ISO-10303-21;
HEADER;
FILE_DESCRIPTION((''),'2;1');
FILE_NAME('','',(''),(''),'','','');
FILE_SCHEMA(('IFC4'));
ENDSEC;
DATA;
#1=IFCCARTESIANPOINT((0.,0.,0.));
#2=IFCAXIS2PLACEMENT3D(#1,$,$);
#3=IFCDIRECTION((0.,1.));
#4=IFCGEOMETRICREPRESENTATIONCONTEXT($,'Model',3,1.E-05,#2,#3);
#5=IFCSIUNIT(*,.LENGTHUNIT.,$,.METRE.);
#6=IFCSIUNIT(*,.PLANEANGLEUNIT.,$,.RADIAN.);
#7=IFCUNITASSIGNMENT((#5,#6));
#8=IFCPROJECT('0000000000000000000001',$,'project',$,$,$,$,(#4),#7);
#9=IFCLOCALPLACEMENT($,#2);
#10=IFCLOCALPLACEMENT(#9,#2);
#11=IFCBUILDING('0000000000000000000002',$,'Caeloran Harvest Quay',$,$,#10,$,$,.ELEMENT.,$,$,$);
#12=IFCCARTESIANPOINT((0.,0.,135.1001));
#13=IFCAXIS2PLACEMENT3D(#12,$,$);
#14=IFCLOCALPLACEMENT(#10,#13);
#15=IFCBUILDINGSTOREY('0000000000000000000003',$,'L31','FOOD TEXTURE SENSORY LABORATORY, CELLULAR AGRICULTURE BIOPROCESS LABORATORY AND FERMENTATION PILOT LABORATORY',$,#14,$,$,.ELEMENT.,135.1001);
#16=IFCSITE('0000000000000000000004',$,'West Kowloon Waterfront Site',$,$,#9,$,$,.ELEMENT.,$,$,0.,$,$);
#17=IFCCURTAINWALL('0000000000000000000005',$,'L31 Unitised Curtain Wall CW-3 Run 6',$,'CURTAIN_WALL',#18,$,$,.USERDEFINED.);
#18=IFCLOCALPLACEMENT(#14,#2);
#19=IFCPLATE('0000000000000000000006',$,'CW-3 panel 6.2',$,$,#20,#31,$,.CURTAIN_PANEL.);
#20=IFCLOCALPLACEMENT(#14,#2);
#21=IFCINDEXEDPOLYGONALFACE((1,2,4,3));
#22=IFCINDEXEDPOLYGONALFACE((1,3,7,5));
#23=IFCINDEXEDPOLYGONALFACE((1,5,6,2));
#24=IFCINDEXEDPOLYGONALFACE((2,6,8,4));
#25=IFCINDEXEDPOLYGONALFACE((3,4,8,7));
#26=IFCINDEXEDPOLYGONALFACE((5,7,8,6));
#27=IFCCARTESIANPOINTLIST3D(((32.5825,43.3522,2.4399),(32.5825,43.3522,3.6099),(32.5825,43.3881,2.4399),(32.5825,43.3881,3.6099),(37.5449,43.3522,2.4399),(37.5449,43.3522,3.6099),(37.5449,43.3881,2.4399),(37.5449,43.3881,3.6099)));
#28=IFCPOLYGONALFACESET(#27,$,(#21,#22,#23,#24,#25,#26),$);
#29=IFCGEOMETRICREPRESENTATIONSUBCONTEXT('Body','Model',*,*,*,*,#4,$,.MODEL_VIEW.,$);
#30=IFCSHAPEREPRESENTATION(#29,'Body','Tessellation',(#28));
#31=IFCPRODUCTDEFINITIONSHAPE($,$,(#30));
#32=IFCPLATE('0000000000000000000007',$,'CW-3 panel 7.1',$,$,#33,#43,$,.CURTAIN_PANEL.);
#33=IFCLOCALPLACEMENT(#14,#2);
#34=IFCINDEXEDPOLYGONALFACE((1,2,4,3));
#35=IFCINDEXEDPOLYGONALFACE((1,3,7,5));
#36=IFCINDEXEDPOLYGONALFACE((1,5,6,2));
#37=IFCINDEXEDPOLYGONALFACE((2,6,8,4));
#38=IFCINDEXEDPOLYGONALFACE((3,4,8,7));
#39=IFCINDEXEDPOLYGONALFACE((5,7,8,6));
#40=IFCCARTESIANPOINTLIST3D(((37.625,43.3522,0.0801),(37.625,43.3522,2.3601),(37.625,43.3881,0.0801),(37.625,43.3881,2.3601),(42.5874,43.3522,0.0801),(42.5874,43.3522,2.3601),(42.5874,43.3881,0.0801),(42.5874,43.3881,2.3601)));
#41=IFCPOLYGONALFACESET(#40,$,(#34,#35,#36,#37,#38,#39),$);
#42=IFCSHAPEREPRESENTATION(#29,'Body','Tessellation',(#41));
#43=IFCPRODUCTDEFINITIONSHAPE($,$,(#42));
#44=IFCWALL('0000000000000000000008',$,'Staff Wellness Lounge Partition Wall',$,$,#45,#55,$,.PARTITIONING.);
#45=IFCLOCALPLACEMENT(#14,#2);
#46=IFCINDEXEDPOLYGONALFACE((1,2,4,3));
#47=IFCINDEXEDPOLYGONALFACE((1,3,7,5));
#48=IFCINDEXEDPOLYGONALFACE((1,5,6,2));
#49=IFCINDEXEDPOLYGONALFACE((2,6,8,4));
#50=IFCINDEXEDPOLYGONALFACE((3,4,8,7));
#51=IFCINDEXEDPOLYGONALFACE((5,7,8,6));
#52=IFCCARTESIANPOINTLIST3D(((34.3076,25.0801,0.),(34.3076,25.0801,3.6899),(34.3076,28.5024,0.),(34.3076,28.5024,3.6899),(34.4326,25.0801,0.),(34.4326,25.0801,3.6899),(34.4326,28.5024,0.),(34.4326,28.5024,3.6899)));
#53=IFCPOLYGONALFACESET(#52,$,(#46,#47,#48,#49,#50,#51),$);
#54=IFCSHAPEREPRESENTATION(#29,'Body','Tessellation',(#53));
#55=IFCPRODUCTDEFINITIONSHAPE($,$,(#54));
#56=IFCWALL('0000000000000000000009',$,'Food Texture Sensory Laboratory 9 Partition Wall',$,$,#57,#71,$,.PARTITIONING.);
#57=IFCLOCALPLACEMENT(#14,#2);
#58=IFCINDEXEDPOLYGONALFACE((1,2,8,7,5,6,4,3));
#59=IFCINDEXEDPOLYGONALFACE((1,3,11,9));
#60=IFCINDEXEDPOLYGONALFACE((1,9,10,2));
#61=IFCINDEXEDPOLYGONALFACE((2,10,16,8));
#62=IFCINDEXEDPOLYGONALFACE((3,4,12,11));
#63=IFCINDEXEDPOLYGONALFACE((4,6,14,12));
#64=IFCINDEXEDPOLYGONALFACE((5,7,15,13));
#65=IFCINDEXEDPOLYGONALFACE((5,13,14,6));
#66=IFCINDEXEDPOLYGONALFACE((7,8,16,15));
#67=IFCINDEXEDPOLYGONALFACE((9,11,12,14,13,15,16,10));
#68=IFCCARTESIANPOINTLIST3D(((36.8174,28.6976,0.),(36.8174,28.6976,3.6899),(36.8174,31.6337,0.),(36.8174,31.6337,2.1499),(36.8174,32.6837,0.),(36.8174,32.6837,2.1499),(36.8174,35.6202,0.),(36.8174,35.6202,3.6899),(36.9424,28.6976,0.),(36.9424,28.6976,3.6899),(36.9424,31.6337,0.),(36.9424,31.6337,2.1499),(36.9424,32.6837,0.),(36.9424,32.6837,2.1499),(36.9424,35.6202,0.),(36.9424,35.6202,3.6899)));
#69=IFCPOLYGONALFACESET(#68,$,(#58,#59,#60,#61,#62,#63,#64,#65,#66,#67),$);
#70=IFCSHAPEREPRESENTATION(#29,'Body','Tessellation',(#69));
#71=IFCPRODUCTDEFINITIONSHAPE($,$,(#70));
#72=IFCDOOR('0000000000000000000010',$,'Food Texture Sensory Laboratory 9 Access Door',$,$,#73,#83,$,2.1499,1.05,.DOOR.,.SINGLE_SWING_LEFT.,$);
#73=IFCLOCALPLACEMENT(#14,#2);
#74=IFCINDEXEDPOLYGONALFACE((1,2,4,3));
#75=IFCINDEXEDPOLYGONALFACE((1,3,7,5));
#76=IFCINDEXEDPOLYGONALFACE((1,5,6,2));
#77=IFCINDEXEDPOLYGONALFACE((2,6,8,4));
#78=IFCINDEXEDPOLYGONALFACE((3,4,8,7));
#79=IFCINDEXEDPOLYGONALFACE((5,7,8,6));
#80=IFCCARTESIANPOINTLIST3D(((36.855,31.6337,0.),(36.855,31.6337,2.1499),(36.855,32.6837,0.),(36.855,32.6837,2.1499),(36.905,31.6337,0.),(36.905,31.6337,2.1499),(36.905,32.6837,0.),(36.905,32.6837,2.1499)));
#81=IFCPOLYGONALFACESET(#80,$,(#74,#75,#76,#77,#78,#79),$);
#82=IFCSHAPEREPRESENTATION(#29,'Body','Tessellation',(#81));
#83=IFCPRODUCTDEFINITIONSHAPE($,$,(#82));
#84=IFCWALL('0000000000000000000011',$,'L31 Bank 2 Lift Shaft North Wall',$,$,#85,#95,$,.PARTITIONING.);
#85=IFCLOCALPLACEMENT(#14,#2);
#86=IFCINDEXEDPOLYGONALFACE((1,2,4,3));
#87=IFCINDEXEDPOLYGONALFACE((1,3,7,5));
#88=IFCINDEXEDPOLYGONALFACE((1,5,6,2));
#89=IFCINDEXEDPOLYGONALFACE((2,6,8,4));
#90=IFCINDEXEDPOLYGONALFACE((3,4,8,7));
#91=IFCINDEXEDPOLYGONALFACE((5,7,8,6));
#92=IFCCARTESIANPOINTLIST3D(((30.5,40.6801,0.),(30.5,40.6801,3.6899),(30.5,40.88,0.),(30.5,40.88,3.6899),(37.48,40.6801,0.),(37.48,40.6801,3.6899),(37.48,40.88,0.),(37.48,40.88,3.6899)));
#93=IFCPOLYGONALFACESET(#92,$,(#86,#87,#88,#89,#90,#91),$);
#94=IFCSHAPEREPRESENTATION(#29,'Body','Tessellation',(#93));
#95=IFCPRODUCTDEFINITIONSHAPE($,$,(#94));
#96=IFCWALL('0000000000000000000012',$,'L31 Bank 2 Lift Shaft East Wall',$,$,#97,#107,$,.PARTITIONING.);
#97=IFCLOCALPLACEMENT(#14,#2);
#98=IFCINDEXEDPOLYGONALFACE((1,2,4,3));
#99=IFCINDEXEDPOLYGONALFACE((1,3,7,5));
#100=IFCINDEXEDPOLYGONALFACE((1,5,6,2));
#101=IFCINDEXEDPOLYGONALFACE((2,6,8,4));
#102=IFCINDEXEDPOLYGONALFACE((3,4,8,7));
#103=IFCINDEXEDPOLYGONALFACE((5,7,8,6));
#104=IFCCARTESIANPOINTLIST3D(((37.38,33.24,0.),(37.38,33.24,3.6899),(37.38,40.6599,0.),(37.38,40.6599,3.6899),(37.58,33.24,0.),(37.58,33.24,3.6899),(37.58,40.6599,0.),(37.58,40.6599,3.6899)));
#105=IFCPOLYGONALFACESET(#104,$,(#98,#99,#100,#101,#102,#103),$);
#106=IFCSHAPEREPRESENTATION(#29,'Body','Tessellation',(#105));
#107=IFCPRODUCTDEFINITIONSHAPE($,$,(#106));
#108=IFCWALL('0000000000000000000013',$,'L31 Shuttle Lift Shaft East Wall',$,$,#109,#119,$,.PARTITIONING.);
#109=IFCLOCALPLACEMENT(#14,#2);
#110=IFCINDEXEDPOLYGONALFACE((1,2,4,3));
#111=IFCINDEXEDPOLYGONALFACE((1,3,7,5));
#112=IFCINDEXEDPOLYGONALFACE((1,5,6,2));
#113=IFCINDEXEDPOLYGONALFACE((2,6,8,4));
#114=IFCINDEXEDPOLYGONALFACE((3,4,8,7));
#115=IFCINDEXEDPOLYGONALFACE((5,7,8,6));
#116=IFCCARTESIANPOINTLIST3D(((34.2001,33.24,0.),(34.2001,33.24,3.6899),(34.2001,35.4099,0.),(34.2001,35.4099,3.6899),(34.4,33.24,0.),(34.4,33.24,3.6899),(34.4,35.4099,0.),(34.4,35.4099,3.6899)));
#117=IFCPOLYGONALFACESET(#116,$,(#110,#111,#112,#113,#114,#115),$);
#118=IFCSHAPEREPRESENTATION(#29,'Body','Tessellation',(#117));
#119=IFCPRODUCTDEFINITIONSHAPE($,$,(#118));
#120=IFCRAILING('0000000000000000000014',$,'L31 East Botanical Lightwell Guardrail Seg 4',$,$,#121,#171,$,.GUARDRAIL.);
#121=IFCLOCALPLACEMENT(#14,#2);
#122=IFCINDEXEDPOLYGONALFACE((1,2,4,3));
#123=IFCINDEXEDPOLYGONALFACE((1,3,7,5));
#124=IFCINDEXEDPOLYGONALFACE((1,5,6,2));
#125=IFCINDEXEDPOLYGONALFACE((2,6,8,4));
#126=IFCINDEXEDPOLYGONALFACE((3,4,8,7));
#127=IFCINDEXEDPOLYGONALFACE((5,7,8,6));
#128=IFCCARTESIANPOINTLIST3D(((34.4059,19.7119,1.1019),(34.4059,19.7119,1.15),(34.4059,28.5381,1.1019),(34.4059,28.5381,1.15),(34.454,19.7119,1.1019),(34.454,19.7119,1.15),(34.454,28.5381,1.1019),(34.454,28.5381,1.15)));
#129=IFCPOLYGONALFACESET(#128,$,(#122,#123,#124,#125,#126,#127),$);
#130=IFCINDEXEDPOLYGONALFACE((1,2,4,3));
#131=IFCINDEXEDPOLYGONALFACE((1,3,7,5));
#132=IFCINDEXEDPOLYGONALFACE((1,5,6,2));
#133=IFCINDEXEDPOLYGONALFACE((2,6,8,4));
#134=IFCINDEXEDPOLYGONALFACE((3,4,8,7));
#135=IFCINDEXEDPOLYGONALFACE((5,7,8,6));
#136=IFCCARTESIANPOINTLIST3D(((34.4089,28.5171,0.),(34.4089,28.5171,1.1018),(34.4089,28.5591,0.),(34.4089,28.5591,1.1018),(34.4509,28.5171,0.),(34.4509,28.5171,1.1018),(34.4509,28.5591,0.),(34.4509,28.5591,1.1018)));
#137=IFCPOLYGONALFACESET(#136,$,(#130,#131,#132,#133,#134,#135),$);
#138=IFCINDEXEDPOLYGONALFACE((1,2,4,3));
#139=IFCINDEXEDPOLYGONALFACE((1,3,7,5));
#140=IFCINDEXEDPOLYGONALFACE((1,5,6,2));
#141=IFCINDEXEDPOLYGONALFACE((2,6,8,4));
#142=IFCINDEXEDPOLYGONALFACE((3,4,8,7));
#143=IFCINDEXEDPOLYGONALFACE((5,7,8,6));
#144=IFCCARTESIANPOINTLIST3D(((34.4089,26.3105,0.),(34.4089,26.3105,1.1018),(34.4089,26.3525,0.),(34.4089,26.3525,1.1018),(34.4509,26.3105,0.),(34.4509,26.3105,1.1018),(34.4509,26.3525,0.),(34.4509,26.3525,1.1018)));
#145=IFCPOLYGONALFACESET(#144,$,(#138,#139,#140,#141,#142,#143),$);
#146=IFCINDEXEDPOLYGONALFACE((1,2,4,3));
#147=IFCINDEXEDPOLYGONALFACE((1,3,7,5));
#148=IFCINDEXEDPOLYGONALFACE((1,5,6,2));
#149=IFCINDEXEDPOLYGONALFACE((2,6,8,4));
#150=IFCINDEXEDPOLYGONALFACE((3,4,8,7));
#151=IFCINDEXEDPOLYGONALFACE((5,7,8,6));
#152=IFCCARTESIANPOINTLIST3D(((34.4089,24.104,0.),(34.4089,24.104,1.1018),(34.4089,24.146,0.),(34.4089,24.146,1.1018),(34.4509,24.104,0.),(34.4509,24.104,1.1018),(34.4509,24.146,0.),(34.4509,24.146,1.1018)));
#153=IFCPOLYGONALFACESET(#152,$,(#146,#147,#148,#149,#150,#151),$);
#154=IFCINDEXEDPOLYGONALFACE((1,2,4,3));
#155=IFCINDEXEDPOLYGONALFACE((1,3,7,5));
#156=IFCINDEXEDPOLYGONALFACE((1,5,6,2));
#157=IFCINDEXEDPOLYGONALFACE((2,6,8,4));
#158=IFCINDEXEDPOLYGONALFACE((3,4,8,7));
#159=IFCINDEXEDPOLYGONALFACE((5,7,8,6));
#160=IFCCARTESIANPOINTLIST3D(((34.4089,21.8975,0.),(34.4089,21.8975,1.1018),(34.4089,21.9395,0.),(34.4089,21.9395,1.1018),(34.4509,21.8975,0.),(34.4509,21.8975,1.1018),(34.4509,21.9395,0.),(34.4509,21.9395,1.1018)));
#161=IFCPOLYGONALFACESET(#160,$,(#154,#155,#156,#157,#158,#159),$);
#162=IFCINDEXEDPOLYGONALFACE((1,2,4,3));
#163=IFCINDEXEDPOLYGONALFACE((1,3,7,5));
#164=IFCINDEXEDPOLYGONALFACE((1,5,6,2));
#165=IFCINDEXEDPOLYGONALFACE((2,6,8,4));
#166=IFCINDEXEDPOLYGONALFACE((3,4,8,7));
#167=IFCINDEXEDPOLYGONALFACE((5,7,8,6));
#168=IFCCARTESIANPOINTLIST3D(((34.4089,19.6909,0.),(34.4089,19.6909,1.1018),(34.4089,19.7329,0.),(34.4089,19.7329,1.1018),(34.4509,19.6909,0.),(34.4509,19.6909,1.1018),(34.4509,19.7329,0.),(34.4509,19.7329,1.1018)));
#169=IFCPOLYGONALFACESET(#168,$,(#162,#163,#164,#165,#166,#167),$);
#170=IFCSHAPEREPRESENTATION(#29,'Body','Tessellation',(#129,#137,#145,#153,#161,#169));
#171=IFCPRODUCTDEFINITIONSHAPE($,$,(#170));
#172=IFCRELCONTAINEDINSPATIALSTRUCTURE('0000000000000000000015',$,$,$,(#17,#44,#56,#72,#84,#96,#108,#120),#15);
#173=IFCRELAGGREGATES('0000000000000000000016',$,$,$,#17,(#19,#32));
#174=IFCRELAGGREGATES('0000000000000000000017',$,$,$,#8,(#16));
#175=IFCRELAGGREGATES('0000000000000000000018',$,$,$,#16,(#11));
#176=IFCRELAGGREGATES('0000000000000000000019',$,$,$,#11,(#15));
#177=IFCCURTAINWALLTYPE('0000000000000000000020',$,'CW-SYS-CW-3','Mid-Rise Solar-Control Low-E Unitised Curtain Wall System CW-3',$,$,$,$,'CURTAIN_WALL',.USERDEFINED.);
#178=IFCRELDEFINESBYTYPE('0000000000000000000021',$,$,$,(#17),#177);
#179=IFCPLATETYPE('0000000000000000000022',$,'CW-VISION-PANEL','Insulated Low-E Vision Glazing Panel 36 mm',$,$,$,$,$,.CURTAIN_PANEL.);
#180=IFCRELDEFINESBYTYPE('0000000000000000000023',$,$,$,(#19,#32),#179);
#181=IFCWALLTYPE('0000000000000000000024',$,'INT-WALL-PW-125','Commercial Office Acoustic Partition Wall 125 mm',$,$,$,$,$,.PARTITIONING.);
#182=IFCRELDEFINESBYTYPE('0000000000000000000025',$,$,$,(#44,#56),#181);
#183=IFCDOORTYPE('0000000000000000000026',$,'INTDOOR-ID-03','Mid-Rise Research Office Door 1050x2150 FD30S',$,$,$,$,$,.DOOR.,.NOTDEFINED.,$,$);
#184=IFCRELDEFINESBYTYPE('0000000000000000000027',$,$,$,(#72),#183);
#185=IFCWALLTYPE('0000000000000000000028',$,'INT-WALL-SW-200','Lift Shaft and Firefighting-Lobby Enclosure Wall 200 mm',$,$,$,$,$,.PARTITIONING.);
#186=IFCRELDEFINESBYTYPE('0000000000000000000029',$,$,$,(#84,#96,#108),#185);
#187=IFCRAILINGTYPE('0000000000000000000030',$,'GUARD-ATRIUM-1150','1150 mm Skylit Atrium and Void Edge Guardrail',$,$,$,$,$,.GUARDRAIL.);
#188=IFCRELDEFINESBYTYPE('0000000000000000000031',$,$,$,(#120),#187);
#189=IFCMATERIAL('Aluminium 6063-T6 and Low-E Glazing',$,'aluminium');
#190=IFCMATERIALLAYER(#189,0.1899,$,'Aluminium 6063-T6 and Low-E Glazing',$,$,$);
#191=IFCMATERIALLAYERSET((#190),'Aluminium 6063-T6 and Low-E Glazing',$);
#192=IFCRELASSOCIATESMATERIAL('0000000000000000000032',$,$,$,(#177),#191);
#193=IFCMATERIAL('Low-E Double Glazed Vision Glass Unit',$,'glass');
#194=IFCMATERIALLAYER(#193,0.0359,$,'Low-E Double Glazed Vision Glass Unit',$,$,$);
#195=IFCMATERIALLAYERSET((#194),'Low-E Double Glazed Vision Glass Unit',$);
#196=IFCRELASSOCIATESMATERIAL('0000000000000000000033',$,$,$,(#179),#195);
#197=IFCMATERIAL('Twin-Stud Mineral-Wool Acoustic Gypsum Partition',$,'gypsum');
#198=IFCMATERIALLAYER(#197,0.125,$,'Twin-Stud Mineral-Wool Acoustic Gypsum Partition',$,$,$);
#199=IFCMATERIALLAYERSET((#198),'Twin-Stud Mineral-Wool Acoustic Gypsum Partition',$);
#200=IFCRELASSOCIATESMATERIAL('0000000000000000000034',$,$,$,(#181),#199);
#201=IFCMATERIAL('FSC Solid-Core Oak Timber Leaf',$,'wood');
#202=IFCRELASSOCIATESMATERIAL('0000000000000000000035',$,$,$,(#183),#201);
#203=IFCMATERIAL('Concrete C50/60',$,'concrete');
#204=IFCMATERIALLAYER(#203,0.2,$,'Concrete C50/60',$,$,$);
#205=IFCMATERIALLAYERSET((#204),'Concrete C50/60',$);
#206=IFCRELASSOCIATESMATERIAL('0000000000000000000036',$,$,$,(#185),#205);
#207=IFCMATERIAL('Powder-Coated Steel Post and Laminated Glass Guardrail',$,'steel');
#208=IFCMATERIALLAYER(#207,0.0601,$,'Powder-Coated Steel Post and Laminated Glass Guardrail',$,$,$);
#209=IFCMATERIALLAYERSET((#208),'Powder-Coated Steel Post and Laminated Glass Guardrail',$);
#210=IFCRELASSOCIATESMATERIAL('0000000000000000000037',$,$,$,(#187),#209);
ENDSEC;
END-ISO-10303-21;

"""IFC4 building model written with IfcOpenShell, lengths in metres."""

from ifc_helpers import new_model, si_unit, direction, frame, frame_2d, origin, origin_2d, place, context, subcontext, project, spatial, rectangle, extrude, material, layer, layer_set, type_object, element, fill, aggregate, save


model = new_model("IFC4")

# Units and contexts
model_context = context("Model", 3, precision=1e-05, world=origin(), true_north=direction((0.0, 1.0)))
body_context = subcontext(model_context, "Body", "Model", "MODEL_VIEW")
ifc_project = project(units=[si_unit("LENGTHUNIT", "METRE"), si_unit("PLANEANGLEUNIT", "RADIAN")], contexts=[model_context])

# Site, building, storey
site_placement = place(None, origin())
site = spatial("IfcSite", under=ifc_project, at=site_placement, Name="West Kowloon Waterfront Site", CompositionType="ELEMENT", RefElevation=0.0)
building_placement = place(site_placement, origin())
building = spatial("IfcBuilding", under=site, at=building_placement, Name="Caeloran Harvest Quay", CompositionType="ELEMENT")
storey_placement = place(building_placement, frame((0.0, 0.0, 135.1001)))
storey = spatial("IfcBuildingStorey", under=building, at=storey_placement, Name="L31", Description="FOOD TEXTURE SENSORY LABORATORY, CELLULAR AGRICULTURE BIOPROCESS LABORATORY AND FERMENTATION PILOT LABORATORY", CompositionType="ELEMENT", Elevation=135.1001)

# Curtain wall, plates
ifc_material_1 = material(Name="Aluminium 6063-T6 and Low-E Glazing", Category="aluminium")
ifc_layer_1 = layer(ifc_material_1, 0.1899, Name="Aluminium 6063-T6 and Low-E Glazing")
ifc_layer_set_1 = layer_set([ifc_layer_1], Name="Aluminium 6063-T6 and Low-E Glazing")
curtain_wall_type = type_object("IfcCurtainWallType", Name="CW-SYS-CW-3", Description="Mid-Rise Solar-Control Low-E Unitised Curtain Wall System CW-3", ElementType="CURTAIN_WALL", PredefinedType="USERDEFINED", material=ifc_layer_set_1)
curtain_wall_placement = place(storey_placement, origin())
curtain_wall = element("IfcCurtainWall", 1, at=curtain_wall_placement, inside=storey, type_object=curtain_wall_type, Name="L31 Unitised Curtain Wall CW-3 Run 6", ObjectType="CURTAIN_WALL", PredefinedType="USERDEFINED")
ifc_material_2 = material(Name="Low-E Double Glazed Vision Glass Unit", Category="glass")
ifc_layer_2 = layer(ifc_material_2, 0.0359, Name="Low-E Double Glazed Vision Glass Unit")
ifc_layer_set_2 = layer_set([ifc_layer_2], Name="Low-E Double Glazed Vision Glass Unit")
plate_type = type_object("IfcPlateType", Name="CW-VISION-PANEL", Description="Insulated Low-E Vision Glazing Panel 36 mm", PredefinedType="CURTAIN_PANEL", material=ifc_layer_set_2)
plate_1_placement = place(storey_placement, frame((35.0637, 43.3701, 2.4399), z_axis=(0.0, 0.0, 1.0), x_axis=(1.0, 0.0, 0.0)))
plate_1 = element("IfcPlate", 2, at=plate_1_placement, type_object=plate_type, Name="CW-3 panel 6.2", PredefinedType="CURTAIN_PANEL", context=body_context, shape_type="SweptSolid", body=[
    extrude(rectangle(XDim=4.9624, YDim=0.0359, at=origin_2d()), origin(), (0.0, 0.0, 1.0), 1.1699),
])
plate_2_placement = place(storey_placement, frame((40.1062, 43.3701, 0.0801), z_axis=(0.0, 0.0, 1.0), x_axis=(1.0, 0.0, 0.0)))
plate_2 = element("IfcPlate", 3, at=plate_2_placement, type_object=plate_type, Name="CW-3 panel 7.1", PredefinedType="CURTAIN_PANEL", context=body_context, shape_type="SweptSolid", body=[
    extrude(rectangle(XDim=4.9624, YDim=0.0359, at=origin_2d()), origin(), (0.0, 0.0, 1.0), 2.28),
])
aggregate(curtain_wall, [plate_1, plate_2])

# Wall
ifc_material_3 = material(Name="Twin-Stud Mineral-Wool Acoustic Gypsum Partition", Category="gypsum")
ifc_layer_3 = layer(ifc_material_3, 0.125, Name="Twin-Stud Mineral-Wool Acoustic Gypsum Partition")
ifc_layer_set_3 = layer_set([ifc_layer_3], Name="Twin-Stud Mineral-Wool Acoustic Gypsum Partition")
wall_type_1 = type_object("IfcWallType", Name="INT-WALL-PW-125", Description="Commercial Office Acoustic Partition Wall 125 mm", PredefinedType="PARTITIONING", material=ifc_layer_set_3)
wall_1_placement = place(storey_placement, frame((34.3701, 28.5024, 0.0), z_axis=(0.0, 0.0, 1.0), x_axis=(0.0, -1.0, 0.0)))
element("IfcWall", 4, at=wall_1_placement, inside=storey, type_object=wall_type_1, Name="Staff Wellness Lounge Partition Wall", PredefinedType="PARTITIONING", context=body_context, shape_type="SweptSolid", body=[
    extrude(rectangle(XDim=3.4224, YDim=0.125, at=frame_2d((1.7112, 0.0))), origin(), (0.0, 0.0, 1.0), 3.6899),
])

# Wall, opening, door
wall_2_placement = place(storey_placement, frame((36.8799, 28.6975, 0.0), z_axis=(0.0, 0.0, 1.0), x_axis=(0.0, 1.0, 0.0)))
wall_2 = element("IfcWall", 5, at=wall_2_placement, inside=storey, type_object=wall_type_1, Name="Food Texture Sensory Laboratory 9 Partition Wall", PredefinedType="PARTITIONING", context=body_context, shape_type="SweptSolid", body=[
    extrude(rectangle(XDim=6.9226, YDim=0.125, at=frame_2d((3.4614, 0.0))), origin(), (0.0, 0.0, 1.0), 3.6899),
])
opening_placement = place(wall_2_placement, frame((2.9363, 0.0, 0.0)))
opening = element("IfcOpeningElement", 6, at=opening_placement, cuts=wall_2, PredefinedType="OPENING", context=body_context, shape_type="SweptSolid", body=[
    extrude(rectangle(XDim=1.05, YDim=2.1499, at=frame_2d((0.5249, 1.075))), frame((0.0, 0.0725, 0.0), z_axis=(0.0, -1.0, 0.0), x_axis=(1.0, 0.0, 0.0)), (0.0, 0.0, 1.0), 0.145),
])
ifc_material_4 = material(Name="FSC Solid-Core Oak Timber Leaf", Category="wood")
door_type = type_object("IfcDoorType", Name="INTDOOR-ID-03", Description="Mid-Rise Research Office Door 1050x2150 FD30S", OperationType="NOTDEFINED", PredefinedType="DOOR", material=ifc_material_4)
door_placement = place(opening_placement, origin())
door = element("IfcDoor", 7, at=door_placement, inside=storey, type_object=door_type, Name="Food Texture Sensory Laboratory 9 Access Door", OperationType="SINGLE_SWING_LEFT", OverallHeight=2.1499, OverallWidth=1.05, PredefinedType="DOOR", context=body_context, shape_type="SweptSolid", body=[
    extrude(rectangle(XDim=1.05, YDim=2.1499, at=frame_2d((0.5249, 1.075))), frame((0.0, 0.0249, 0.0), z_axis=(0.0, -1.0, 0.0), x_axis=(1.0, 0.0, 0.0)), (0.0, 0.0, 1.0), 0.05),
])
fill(opening, door)

# Walls
ifc_material_5 = material(Name="Concrete C50/60", Category="concrete")
ifc_layer_4 = layer(ifc_material_5, 0.2, Name="Concrete C50/60")
ifc_layer_set_4 = layer_set([ifc_layer_4], Name="Concrete C50/60")
wall_type_2 = type_object("IfcWallType", Name="INT-WALL-SW-200", Description="Lift Shaft and Firefighting-Lobby Enclosure Wall 200 mm", PredefinedType="PARTITIONING", material=ifc_layer_set_4)
wall_3_placement = place(storey_placement, frame((30.5, 40.78, 0.0), z_axis=(0.0, 0.0, 1.0), x_axis=(1.0, 0.0, 0.0)))
element("IfcWall", 8, at=wall_3_placement, inside=storey, type_object=wall_type_2, Name="L31 Bank 2 Lift Shaft North Wall", PredefinedType="PARTITIONING", context=body_context, shape_type="SweptSolid", body=[
    extrude(rectangle(XDim=6.98, YDim=0.2, at=frame_2d((3.49, 0.0))), origin(), (0.0, 0.0, 1.0), 3.6899),
])
wall_4_placement = place(storey_placement, frame((37.48, 33.24, 0.0), z_axis=(0.0, 0.0, 1.0), x_axis=(0.0, 1.0, 0.0)))
element("IfcWall", 9, at=wall_4_placement, inside=storey, type_object=wall_type_2, Name="L31 Bank 2 Lift Shaft East Wall", PredefinedType="PARTITIONING", context=body_context, shape_type="SweptSolid", body=[
    extrude(rectangle(XDim=7.4199, YDim=0.2, at=frame_2d((3.71, 0.0))), origin(), (0.0, 0.0, 1.0), 3.6899),
])
wall_5_placement = place(storey_placement, frame((34.3, 33.24, 0.0), z_axis=(0.0, 0.0, 1.0), x_axis=(0.0, 1.0, 0.0)))
element("IfcWall", 10, at=wall_5_placement, inside=storey, type_object=wall_type_2, Name="L31 Shuttle Lift Shaft East Wall", PredefinedType="PARTITIONING", context=body_context, shape_type="SweptSolid", body=[
    extrude(rectangle(XDim=2.1699, YDim=0.2, at=frame_2d((1.085, 0.0))), origin(), (0.0, 0.0, 1.0), 3.6899),
])

# Railing
ifc_material_6 = material(Name="Powder-Coated Steel Post and Laminated Glass Guardrail", Category="steel")
ifc_layer_5 = layer(ifc_material_6, 0.0601, Name="Powder-Coated Steel Post and Laminated Glass Guardrail")
ifc_layer_set_5 = layer_set([ifc_layer_5], Name="Powder-Coated Steel Post and Laminated Glass Guardrail")
railing_type = type_object("IfcRailingType", Name="GUARD-ATRIUM-1150", Description="1150 mm Skylit Atrium and Void Edge Guardrail", PredefinedType="GUARDRAIL", material=ifc_layer_set_5)
railing_placement = place(storey_placement, frame((34.4299, 28.5381, 0.0)))
element("IfcRailing", 11, at=railing_placement, inside=storey, type_object=railing_type, Name="L31 East Botanical Lightwell Guardrail Seg 4", PredefinedType="GUARDRAIL", context=body_context, shape_type="SweptSolid", body=[
    extrude(rectangle(XDim=0.0481, YDim=0.0481, at=origin_2d()), frame((0.0, 0.0, 1.126), z_axis=(0.0, -1.0, 0.0), x_axis=(1.0, 0.0, 0.0)), (0.0, 0.0, 1.0), 8.8262),
    extrude(rectangle(XDim=0.042, YDim=0.042, at=origin_2d()), origin(), (0.0, 0.0, 1.0), 1.1018),
    extrude(rectangle(XDim=0.042, YDim=0.042, at=origin_2d()), frame((0.0, -2.2065, 0.0)), (0.0, 0.0, 1.0), 1.1018),
    extrude(rectangle(XDim=0.042, YDim=0.042, at=origin_2d()), frame((0.0, -4.4131, 0.0)), (0.0, 0.0, 1.0), 1.1018),
    extrude(rectangle(XDim=0.042, YDim=0.042, at=origin_2d()), frame((0.0, -6.6196, 0.0)), (0.0, 0.0, 1.0), 1.1018),
    extrude(rectangle(XDim=0.042, YDim=0.042, at=origin_2d()), frame((0.0, -8.8262, 0.0)), (0.0, 0.0, 1.0), 1.1018),
])

save(model, "model.ifc")
